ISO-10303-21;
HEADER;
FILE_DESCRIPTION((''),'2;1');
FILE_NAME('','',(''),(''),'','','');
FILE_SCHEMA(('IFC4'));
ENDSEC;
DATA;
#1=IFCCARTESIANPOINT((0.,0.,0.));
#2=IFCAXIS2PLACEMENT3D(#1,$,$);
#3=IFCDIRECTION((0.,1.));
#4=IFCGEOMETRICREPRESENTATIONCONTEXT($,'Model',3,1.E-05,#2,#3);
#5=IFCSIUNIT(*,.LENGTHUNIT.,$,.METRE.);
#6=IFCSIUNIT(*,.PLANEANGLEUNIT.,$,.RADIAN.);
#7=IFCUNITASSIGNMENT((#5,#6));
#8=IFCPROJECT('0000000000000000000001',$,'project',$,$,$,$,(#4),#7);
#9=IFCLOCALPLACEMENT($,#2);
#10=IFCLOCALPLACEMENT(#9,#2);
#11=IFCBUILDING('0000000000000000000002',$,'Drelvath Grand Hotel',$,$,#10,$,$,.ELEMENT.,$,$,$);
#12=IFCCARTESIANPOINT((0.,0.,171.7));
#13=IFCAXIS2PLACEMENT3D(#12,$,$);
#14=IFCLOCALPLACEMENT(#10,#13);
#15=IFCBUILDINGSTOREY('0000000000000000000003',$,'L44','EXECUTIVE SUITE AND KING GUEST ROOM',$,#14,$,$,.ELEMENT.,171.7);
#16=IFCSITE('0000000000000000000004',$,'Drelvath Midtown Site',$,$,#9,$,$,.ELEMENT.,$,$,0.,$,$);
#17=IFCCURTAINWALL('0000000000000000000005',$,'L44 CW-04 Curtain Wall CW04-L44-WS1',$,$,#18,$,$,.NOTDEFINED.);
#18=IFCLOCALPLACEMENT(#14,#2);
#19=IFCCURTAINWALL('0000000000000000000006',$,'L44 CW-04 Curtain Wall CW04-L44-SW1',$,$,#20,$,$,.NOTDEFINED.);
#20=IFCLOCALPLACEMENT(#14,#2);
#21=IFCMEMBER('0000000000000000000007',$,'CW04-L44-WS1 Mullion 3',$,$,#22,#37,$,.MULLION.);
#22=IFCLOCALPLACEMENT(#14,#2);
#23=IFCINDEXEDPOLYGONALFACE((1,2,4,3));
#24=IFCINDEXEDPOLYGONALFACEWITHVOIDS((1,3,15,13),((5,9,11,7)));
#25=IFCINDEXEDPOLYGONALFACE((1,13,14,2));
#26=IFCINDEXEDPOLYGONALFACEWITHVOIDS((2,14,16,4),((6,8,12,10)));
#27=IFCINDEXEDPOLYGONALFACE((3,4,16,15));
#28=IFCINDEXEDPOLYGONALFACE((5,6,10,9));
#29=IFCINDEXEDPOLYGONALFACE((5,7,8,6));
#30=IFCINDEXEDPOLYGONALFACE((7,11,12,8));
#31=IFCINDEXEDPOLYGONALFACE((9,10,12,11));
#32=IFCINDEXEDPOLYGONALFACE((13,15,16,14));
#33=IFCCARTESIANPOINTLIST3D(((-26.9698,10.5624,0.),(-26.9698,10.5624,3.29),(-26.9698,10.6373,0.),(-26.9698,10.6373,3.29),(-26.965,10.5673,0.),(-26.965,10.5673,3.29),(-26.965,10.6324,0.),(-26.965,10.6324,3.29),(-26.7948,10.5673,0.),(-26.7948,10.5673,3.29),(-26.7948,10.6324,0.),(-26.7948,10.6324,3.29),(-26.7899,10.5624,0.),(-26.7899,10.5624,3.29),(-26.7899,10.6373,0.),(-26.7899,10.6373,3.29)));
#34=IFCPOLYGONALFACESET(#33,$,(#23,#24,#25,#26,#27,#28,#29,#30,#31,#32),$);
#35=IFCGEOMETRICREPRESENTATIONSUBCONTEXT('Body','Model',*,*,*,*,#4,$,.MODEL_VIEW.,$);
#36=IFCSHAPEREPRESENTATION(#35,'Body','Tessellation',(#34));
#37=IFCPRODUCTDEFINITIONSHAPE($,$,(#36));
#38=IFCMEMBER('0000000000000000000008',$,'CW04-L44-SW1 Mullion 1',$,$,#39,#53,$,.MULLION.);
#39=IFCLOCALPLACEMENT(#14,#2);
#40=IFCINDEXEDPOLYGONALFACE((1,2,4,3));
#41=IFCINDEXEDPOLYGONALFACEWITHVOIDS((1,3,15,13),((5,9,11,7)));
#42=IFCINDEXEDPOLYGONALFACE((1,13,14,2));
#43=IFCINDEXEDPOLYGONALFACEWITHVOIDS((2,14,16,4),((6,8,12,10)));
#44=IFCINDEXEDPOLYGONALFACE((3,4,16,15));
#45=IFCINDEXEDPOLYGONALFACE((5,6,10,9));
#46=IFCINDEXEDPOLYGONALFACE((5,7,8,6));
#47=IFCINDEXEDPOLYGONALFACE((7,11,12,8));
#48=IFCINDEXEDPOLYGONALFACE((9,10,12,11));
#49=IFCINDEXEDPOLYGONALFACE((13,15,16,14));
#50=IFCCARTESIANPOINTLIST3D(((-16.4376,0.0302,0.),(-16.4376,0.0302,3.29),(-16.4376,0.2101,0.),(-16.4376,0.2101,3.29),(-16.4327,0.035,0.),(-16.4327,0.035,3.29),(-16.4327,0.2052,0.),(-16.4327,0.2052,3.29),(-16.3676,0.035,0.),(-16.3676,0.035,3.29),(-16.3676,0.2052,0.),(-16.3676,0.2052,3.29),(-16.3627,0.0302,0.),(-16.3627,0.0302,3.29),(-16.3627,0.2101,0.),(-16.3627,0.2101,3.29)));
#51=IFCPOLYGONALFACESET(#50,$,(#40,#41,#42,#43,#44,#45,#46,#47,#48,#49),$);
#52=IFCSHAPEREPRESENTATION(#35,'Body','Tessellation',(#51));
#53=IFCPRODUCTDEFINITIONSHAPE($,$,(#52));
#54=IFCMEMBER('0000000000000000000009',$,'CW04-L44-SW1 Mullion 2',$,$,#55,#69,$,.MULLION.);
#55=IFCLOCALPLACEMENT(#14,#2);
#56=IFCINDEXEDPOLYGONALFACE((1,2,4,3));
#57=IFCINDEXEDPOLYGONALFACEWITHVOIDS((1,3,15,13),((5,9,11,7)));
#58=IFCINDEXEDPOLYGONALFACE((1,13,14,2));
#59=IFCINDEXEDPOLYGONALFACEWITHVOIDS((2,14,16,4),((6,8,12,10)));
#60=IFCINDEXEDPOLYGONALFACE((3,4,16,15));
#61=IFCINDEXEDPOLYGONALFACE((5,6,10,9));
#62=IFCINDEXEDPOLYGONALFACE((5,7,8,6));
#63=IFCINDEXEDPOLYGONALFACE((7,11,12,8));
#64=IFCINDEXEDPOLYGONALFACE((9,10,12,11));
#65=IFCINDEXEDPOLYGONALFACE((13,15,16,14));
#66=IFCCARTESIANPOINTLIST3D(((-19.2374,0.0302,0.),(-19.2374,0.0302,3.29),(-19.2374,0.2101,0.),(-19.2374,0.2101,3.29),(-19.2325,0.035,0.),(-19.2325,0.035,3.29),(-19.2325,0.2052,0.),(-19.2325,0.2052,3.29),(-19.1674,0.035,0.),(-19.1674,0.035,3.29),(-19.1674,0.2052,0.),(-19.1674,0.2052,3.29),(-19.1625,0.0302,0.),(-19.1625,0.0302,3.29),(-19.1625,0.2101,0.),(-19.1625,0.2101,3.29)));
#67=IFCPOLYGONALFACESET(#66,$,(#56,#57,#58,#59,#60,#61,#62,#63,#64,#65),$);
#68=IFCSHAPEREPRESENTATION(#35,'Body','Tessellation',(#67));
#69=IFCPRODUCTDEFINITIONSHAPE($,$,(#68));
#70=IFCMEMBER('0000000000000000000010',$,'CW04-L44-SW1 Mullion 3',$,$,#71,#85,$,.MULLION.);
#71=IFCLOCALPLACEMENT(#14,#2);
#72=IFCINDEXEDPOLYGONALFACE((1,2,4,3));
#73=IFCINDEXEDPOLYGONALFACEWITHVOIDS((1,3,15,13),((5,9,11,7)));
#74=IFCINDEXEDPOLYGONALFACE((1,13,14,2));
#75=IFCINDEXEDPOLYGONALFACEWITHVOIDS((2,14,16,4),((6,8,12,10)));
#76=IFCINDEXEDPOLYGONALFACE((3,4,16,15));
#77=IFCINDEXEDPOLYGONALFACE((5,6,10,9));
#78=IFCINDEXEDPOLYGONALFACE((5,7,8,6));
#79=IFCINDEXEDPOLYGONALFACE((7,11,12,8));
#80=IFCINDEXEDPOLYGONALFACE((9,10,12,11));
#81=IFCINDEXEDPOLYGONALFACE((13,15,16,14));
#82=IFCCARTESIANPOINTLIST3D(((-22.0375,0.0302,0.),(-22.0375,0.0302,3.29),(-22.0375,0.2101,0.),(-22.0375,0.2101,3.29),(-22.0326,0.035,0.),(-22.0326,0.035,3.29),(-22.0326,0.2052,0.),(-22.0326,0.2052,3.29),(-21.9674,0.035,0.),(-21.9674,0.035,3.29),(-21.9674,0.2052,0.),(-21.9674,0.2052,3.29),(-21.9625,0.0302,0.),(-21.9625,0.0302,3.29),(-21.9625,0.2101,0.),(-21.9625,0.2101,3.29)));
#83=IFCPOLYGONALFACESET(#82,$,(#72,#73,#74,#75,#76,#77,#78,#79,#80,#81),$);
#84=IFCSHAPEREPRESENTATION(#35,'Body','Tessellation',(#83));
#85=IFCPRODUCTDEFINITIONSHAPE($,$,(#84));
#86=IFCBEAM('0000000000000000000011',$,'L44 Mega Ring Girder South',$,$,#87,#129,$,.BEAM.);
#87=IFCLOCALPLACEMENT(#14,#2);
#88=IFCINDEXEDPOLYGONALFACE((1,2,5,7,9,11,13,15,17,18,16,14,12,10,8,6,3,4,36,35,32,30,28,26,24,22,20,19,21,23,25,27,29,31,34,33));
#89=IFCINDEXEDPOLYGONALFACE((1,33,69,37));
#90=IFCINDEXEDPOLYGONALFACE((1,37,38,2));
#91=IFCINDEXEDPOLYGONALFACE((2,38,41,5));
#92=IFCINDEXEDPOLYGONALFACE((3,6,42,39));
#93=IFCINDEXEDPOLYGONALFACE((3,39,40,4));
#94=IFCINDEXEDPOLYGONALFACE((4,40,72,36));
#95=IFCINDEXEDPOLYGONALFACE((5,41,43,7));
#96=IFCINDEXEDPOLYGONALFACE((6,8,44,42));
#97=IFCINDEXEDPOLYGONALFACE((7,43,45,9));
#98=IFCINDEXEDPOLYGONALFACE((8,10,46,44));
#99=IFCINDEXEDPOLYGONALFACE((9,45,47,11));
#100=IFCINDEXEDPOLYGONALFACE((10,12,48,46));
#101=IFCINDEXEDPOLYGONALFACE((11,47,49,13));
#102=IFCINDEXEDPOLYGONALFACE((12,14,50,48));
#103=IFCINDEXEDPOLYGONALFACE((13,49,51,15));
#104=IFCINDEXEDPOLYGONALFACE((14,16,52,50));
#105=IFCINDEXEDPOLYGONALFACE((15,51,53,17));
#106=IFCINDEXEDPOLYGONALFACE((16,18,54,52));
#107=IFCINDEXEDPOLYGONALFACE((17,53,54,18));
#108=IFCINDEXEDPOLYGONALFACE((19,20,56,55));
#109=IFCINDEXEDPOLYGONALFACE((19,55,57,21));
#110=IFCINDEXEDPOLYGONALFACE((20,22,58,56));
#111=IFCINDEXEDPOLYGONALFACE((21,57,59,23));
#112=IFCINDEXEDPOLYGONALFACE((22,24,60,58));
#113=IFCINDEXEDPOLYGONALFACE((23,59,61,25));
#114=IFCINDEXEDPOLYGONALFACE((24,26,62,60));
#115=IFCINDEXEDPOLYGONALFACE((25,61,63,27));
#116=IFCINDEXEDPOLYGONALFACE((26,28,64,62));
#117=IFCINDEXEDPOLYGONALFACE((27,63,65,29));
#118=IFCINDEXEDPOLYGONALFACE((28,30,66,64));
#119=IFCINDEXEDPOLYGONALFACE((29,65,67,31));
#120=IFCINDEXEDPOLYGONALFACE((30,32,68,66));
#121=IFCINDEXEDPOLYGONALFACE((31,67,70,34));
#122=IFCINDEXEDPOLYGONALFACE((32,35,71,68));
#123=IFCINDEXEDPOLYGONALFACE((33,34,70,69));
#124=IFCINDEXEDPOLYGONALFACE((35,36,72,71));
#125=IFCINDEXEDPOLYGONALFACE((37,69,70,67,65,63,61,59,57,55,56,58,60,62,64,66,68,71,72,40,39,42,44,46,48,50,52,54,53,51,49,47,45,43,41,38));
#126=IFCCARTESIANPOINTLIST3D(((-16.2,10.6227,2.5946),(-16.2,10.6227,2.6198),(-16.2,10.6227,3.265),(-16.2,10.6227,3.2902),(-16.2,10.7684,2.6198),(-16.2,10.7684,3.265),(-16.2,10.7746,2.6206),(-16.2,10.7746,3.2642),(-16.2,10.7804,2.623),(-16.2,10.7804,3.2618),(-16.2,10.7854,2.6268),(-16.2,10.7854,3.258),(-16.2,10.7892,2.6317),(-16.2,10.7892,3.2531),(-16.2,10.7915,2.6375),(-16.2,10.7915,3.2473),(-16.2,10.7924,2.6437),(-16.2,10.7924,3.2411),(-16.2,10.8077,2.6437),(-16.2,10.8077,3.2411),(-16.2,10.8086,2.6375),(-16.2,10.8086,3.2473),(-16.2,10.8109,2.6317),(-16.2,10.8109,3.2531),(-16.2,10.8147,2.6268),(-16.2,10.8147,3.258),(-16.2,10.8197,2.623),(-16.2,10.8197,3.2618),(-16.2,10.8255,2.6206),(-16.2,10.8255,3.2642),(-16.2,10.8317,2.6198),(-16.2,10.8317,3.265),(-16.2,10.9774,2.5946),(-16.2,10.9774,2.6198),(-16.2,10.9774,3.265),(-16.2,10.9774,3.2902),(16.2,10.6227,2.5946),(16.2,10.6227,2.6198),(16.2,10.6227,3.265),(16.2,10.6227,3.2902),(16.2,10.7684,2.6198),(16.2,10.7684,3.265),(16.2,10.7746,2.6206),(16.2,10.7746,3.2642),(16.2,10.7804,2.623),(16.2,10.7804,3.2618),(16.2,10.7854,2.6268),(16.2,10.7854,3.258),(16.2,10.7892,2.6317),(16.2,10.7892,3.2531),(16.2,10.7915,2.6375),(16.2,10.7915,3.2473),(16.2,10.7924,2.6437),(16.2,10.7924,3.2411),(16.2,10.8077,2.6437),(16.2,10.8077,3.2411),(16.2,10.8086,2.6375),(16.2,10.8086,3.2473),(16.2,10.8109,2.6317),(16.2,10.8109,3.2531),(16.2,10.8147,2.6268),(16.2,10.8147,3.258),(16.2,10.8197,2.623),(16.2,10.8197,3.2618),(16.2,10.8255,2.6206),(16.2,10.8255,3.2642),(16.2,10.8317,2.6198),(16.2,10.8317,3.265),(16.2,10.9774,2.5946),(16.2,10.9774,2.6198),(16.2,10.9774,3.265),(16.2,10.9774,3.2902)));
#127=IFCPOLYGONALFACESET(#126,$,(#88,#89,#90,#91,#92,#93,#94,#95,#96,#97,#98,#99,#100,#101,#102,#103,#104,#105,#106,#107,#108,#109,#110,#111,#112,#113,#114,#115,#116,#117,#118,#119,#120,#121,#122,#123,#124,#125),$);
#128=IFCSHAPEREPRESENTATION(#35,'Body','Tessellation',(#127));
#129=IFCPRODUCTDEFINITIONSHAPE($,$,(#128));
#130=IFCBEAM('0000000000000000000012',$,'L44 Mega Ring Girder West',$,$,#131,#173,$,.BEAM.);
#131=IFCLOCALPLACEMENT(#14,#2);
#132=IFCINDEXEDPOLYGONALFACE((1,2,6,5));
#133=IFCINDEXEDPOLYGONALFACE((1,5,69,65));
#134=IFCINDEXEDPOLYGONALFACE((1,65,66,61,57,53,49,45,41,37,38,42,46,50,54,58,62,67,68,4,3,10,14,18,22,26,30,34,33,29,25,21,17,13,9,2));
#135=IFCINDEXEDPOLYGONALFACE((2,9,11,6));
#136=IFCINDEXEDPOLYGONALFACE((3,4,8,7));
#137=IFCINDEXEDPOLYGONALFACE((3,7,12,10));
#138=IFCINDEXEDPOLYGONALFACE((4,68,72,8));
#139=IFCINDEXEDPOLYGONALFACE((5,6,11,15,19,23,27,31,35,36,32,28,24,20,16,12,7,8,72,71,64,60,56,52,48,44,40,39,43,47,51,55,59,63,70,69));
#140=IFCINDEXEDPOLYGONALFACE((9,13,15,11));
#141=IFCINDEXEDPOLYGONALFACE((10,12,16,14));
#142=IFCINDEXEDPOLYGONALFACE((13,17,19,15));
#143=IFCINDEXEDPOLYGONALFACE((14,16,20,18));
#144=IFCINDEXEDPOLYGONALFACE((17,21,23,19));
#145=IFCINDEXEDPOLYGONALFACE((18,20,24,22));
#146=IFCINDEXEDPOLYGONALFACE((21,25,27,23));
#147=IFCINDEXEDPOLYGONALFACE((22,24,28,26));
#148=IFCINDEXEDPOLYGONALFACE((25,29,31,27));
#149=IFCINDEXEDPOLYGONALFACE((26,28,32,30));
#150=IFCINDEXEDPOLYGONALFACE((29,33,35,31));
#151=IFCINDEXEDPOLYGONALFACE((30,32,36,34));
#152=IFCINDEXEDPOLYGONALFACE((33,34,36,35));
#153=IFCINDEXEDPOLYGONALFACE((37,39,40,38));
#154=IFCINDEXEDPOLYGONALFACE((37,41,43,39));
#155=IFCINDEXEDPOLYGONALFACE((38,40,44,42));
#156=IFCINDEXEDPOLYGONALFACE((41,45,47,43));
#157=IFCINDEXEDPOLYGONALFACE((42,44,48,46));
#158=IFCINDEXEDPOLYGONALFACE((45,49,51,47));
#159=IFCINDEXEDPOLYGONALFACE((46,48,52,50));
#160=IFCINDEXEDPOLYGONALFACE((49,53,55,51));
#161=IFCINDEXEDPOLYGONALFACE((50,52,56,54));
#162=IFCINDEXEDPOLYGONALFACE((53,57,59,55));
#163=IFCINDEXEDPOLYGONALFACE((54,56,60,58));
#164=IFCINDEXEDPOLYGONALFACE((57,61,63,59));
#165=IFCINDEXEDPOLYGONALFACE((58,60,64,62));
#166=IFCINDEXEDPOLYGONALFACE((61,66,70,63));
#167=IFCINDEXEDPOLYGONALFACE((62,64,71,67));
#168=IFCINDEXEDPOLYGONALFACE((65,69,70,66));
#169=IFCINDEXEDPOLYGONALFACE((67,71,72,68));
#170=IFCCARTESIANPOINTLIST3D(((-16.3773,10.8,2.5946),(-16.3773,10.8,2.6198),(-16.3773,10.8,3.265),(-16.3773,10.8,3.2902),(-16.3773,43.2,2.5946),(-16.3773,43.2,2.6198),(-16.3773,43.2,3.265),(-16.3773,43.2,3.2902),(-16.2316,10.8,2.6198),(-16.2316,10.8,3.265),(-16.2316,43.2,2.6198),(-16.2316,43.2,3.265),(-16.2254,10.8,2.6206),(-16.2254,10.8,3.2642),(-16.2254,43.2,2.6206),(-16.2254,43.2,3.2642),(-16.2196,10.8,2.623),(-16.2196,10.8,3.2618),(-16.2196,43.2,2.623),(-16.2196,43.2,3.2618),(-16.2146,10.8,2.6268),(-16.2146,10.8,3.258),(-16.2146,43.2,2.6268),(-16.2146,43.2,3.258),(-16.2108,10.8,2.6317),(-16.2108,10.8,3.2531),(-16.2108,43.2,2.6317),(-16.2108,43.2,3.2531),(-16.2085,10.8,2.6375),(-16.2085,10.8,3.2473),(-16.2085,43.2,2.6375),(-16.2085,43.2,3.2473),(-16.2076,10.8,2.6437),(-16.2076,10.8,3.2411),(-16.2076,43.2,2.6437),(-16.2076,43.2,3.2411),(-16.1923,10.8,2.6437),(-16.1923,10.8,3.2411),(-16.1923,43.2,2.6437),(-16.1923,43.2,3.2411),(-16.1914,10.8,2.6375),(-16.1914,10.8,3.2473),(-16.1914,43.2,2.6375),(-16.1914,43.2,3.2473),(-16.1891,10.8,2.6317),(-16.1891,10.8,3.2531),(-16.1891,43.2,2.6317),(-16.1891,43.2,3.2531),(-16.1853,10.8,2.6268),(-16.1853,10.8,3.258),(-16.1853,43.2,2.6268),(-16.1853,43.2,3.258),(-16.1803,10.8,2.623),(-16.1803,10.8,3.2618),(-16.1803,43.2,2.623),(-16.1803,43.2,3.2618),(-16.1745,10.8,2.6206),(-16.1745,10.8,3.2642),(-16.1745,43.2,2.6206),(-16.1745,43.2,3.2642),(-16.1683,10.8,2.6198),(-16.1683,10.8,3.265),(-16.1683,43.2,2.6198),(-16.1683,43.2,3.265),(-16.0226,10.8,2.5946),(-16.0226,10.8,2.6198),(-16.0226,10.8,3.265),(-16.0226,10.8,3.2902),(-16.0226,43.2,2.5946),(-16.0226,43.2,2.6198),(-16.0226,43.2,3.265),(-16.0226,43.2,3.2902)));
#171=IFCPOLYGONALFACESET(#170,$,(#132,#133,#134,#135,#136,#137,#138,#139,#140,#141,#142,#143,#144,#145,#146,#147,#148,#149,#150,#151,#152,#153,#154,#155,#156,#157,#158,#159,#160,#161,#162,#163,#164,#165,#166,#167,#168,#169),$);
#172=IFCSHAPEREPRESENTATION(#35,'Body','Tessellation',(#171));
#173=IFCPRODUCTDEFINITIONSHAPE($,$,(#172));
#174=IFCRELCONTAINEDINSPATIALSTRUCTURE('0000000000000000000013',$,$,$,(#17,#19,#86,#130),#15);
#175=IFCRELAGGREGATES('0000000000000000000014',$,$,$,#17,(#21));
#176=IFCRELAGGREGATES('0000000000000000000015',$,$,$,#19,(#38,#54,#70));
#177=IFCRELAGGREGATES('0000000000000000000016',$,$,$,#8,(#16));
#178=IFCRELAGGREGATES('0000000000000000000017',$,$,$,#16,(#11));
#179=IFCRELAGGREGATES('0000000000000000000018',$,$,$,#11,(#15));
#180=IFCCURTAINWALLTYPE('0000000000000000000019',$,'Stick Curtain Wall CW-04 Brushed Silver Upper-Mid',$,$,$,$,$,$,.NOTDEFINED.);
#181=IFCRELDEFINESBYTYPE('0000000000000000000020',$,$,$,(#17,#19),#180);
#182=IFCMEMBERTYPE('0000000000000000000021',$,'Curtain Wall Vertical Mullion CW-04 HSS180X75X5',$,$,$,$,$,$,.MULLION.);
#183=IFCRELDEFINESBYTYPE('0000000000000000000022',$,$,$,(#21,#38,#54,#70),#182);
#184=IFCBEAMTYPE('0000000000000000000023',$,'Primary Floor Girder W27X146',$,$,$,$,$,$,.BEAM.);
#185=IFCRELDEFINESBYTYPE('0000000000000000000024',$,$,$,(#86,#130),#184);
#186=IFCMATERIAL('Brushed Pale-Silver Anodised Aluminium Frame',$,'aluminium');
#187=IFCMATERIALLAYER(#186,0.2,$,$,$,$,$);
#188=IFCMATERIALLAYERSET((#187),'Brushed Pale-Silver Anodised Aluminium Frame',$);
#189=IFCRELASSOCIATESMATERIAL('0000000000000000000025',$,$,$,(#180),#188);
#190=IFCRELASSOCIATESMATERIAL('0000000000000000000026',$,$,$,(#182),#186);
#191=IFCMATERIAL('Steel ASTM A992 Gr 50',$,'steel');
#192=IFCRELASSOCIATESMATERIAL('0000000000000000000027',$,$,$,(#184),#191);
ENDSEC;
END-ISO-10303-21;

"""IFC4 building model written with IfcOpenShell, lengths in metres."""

from ifc_helpers import new_model, si_unit, direction, frame, origin, origin_2d, place, context, subcontext, project, spatial, hollow_rectangle, i_section, extrude, material, layer, layer_set, material_profile, profile_set, type_object, element, aggregate, save


model = new_model("IFC4")

# Units and contexts
model_context = context("Model", 3, precision=1e-05, world=origin(), true_north=direction((0.0, 1.0)))
body_context = subcontext(model_context, "Body", "Model", "MODEL_VIEW")
ifc_project = project(units=[si_unit("LENGTHUNIT", "METRE"), si_unit("PLANEANGLEUNIT", "RADIAN")], contexts=[model_context])

# Site, building, storey
site_placement = place(None, origin())
site = spatial("IfcSite", under=ifc_project, at=site_placement, Name="Drelvath Midtown Site", CompositionType="ELEMENT", RefElevation=0.0)
building_placement = place(site_placement, origin())
building = spatial("IfcBuilding", under=site, at=building_placement, Name="Drelvath Grand Hotel", CompositionType="ELEMENT")
storey_placement = place(building_placement, frame((0.0, 0.0, 171.7)))
storey = spatial("IfcBuildingStorey", under=building, at=storey_placement, Name="L44", Description="EXECUTIVE SUITE AND KING GUEST ROOM", CompositionType="ELEMENT", Elevation=171.7)

# Curtain walls
ifc_material_1 = material(Name="Brushed Pale-Silver Anodised Aluminium Frame", Category="aluminium")
ifc_layer_1 = layer(ifc_material_1, 0.2)
ifc_layer_set_1 = layer_set([ifc_layer_1], Name="Brushed Pale-Silver Anodised Aluminium Frame")
curtain_wall_type = type_object("IfcCurtainWallType", Name="Stick Curtain Wall CW-04 Brushed Silver Upper-Mid", PredefinedType="NOTDEFINED", material=ifc_layer_set_1)
curtain_wall_1_placement = place(storey_placement, origin())
curtain_wall_1 = element("IfcCurtainWall", 1, at=curtain_wall_1_placement, inside=storey, type_object=curtain_wall_type, Name="L44 CW-04 Curtain Wall CW04-L44-WS1", PredefinedType="NOTDEFINED")
curtain_wall_2_placement = place(storey_placement, origin())
curtain_wall_2 = element("IfcCurtainWall", 2, at=curtain_wall_2_placement, inside=storey, type_object=curtain_wall_type, Name="L44 CW-04 Curtain Wall CW04-L44-SW1", PredefinedType="NOTDEFINED")

# Members
ifc_material_profile_1 = material_profile(ifc_material_1, hollow_rectangle(XDim=0.075, YDim=0.1799, WallThickness=0.0049, at=origin_2d()), Name="HSS180X75X5")
ifc_profile_set_1 = profile_set([ifc_material_profile_1], Name="Brushed Pale-Silver Anodised Aluminium Frame")
member_type_1 = type_object("IfcMemberType", Name="Curtain Wall Vertical Mullion CW-04 HSS180X75X5", PredefinedType="MULLION", material=ifc_profile_set_1)
member_1_placement = place(storey_placement, frame((-26.8799, 10.5999, 0.0), z_axis=(0.0, 0.0, 1.0), x_axis=(0.0, 1.0, 0.0)))
member_1 = element("IfcMember", 3, at=member_1_placement, type_object=member_type_1, Name="CW04-L44-WS1 Mullion 3", PredefinedType="MULLION", context=body_context, shape_type="SweptSolid", body=[
    extrude(hollow_rectangle(XDim=0.075, YDim=0.1799, WallThickness=0.0049, at=origin_2d()), origin(), (0.0, 0.0, 1.0), 3.29),
])
member_2_placement = place(storey_placement, frame((-16.4001, 0.1201, 0.0), z_axis=(0.0, 0.0, 1.0), x_axis=(1.0, 0.0, 0.0)))
member_2 = element("IfcMember", 4, at=member_2_placement, type_object=member_type_1, Name="CW04-L44-SW1 Mullion 1", PredefinedType="MULLION", context=body_context, shape_type="SweptSolid", body=[
    extrude(hollow_rectangle(XDim=0.075, YDim=0.1799, WallThickness=0.0049, at=origin_2d()), origin(), (0.0, 0.0, 1.0), 3.29),
])
member_3_placement = place(storey_placement, frame((-19.2, 0.1201, 0.0), z_axis=(0.0, 0.0, 1.0), x_axis=(1.0, 0.0, 0.0)))
member_3 = element("IfcMember", 5, at=member_3_placement, type_object=member_type_1, Name="CW04-L44-SW1 Mullion 2", PredefinedType="MULLION", context=body_context, shape_type="SweptSolid", body=[
    extrude(hollow_rectangle(XDim=0.075, YDim=0.1799, WallThickness=0.0049, at=origin_2d()), origin(), (0.0, 0.0, 1.0), 3.29),
])
member_4_placement = place(storey_placement, frame((-22.0, 0.1201, 0.0), z_axis=(0.0, 0.0, 1.0), x_axis=(1.0, 0.0, 0.0)))
member_4 = element("IfcMember", 6, at=member_4_placement, type_object=member_type_1, Name="CW04-L44-SW1 Mullion 3", PredefinedType="MULLION", context=body_context, shape_type="SweptSolid", body=[
    extrude(hollow_rectangle(XDim=0.075, YDim=0.1799, WallThickness=0.0049, at=origin_2d()), origin(), (0.0, 0.0, 1.0), 3.29),
])

# Beams
ifc_material_2 = material(Name="Steel ASTM A992 Gr 50", Category="steel")
ifc_material_profile_2 = material_profile(ifc_material_2, i_section(OverallWidth=0.3547, OverallDepth=0.6956, WebThickness=0.0154, FlangeThickness=0.0251, FilletRadius=0.0239, at=origin_2d()), Name="W27X146")
ifc_profile_set_2 = profile_set([ifc_material_profile_2], Name="Steel ASTM A992 Gr 50")
beam_type = type_object("IfcBeamType", Name="Primary Floor Girder W27X146", PredefinedType="BEAM", material=ifc_profile_set_2)
for number, where, z_axis, x_axis, name in (
    (7, (-16.2, 10.8, 2.9424), (1.0, 0.0, 0.0), (0.0, 1.0, 0.0), "L44 Mega Ring Girder South"),
    (8, (-16.2, 10.8, 2.9424), (0.0, 1.0, 0.0), (-1.0, 0.0, 0.0), "L44 Mega Ring Girder West"),
):
    element("IfcBeam", number, at=place(storey_placement, frame(where, z_axis=z_axis, x_axis=x_axis)), inside=storey, type_object=beam_type, Name=name, PredefinedType="BEAM", context=body_context, shape_type="SweptSolid", body=[
        extrude(i_section(OverallWidth=0.3547, OverallDepth=0.6956, WebThickness=0.0154, FlangeThickness=0.0251, FilletRadius=0.0239, at=origin_2d()), origin(), (0.0, 0.0, 1.0), 32.3999),
    ])

aggregate(curtain_wall_1, [member_1])
aggregate(curtain_wall_2, [member_2, member_3, member_4])

save(model, "model.ifc")
